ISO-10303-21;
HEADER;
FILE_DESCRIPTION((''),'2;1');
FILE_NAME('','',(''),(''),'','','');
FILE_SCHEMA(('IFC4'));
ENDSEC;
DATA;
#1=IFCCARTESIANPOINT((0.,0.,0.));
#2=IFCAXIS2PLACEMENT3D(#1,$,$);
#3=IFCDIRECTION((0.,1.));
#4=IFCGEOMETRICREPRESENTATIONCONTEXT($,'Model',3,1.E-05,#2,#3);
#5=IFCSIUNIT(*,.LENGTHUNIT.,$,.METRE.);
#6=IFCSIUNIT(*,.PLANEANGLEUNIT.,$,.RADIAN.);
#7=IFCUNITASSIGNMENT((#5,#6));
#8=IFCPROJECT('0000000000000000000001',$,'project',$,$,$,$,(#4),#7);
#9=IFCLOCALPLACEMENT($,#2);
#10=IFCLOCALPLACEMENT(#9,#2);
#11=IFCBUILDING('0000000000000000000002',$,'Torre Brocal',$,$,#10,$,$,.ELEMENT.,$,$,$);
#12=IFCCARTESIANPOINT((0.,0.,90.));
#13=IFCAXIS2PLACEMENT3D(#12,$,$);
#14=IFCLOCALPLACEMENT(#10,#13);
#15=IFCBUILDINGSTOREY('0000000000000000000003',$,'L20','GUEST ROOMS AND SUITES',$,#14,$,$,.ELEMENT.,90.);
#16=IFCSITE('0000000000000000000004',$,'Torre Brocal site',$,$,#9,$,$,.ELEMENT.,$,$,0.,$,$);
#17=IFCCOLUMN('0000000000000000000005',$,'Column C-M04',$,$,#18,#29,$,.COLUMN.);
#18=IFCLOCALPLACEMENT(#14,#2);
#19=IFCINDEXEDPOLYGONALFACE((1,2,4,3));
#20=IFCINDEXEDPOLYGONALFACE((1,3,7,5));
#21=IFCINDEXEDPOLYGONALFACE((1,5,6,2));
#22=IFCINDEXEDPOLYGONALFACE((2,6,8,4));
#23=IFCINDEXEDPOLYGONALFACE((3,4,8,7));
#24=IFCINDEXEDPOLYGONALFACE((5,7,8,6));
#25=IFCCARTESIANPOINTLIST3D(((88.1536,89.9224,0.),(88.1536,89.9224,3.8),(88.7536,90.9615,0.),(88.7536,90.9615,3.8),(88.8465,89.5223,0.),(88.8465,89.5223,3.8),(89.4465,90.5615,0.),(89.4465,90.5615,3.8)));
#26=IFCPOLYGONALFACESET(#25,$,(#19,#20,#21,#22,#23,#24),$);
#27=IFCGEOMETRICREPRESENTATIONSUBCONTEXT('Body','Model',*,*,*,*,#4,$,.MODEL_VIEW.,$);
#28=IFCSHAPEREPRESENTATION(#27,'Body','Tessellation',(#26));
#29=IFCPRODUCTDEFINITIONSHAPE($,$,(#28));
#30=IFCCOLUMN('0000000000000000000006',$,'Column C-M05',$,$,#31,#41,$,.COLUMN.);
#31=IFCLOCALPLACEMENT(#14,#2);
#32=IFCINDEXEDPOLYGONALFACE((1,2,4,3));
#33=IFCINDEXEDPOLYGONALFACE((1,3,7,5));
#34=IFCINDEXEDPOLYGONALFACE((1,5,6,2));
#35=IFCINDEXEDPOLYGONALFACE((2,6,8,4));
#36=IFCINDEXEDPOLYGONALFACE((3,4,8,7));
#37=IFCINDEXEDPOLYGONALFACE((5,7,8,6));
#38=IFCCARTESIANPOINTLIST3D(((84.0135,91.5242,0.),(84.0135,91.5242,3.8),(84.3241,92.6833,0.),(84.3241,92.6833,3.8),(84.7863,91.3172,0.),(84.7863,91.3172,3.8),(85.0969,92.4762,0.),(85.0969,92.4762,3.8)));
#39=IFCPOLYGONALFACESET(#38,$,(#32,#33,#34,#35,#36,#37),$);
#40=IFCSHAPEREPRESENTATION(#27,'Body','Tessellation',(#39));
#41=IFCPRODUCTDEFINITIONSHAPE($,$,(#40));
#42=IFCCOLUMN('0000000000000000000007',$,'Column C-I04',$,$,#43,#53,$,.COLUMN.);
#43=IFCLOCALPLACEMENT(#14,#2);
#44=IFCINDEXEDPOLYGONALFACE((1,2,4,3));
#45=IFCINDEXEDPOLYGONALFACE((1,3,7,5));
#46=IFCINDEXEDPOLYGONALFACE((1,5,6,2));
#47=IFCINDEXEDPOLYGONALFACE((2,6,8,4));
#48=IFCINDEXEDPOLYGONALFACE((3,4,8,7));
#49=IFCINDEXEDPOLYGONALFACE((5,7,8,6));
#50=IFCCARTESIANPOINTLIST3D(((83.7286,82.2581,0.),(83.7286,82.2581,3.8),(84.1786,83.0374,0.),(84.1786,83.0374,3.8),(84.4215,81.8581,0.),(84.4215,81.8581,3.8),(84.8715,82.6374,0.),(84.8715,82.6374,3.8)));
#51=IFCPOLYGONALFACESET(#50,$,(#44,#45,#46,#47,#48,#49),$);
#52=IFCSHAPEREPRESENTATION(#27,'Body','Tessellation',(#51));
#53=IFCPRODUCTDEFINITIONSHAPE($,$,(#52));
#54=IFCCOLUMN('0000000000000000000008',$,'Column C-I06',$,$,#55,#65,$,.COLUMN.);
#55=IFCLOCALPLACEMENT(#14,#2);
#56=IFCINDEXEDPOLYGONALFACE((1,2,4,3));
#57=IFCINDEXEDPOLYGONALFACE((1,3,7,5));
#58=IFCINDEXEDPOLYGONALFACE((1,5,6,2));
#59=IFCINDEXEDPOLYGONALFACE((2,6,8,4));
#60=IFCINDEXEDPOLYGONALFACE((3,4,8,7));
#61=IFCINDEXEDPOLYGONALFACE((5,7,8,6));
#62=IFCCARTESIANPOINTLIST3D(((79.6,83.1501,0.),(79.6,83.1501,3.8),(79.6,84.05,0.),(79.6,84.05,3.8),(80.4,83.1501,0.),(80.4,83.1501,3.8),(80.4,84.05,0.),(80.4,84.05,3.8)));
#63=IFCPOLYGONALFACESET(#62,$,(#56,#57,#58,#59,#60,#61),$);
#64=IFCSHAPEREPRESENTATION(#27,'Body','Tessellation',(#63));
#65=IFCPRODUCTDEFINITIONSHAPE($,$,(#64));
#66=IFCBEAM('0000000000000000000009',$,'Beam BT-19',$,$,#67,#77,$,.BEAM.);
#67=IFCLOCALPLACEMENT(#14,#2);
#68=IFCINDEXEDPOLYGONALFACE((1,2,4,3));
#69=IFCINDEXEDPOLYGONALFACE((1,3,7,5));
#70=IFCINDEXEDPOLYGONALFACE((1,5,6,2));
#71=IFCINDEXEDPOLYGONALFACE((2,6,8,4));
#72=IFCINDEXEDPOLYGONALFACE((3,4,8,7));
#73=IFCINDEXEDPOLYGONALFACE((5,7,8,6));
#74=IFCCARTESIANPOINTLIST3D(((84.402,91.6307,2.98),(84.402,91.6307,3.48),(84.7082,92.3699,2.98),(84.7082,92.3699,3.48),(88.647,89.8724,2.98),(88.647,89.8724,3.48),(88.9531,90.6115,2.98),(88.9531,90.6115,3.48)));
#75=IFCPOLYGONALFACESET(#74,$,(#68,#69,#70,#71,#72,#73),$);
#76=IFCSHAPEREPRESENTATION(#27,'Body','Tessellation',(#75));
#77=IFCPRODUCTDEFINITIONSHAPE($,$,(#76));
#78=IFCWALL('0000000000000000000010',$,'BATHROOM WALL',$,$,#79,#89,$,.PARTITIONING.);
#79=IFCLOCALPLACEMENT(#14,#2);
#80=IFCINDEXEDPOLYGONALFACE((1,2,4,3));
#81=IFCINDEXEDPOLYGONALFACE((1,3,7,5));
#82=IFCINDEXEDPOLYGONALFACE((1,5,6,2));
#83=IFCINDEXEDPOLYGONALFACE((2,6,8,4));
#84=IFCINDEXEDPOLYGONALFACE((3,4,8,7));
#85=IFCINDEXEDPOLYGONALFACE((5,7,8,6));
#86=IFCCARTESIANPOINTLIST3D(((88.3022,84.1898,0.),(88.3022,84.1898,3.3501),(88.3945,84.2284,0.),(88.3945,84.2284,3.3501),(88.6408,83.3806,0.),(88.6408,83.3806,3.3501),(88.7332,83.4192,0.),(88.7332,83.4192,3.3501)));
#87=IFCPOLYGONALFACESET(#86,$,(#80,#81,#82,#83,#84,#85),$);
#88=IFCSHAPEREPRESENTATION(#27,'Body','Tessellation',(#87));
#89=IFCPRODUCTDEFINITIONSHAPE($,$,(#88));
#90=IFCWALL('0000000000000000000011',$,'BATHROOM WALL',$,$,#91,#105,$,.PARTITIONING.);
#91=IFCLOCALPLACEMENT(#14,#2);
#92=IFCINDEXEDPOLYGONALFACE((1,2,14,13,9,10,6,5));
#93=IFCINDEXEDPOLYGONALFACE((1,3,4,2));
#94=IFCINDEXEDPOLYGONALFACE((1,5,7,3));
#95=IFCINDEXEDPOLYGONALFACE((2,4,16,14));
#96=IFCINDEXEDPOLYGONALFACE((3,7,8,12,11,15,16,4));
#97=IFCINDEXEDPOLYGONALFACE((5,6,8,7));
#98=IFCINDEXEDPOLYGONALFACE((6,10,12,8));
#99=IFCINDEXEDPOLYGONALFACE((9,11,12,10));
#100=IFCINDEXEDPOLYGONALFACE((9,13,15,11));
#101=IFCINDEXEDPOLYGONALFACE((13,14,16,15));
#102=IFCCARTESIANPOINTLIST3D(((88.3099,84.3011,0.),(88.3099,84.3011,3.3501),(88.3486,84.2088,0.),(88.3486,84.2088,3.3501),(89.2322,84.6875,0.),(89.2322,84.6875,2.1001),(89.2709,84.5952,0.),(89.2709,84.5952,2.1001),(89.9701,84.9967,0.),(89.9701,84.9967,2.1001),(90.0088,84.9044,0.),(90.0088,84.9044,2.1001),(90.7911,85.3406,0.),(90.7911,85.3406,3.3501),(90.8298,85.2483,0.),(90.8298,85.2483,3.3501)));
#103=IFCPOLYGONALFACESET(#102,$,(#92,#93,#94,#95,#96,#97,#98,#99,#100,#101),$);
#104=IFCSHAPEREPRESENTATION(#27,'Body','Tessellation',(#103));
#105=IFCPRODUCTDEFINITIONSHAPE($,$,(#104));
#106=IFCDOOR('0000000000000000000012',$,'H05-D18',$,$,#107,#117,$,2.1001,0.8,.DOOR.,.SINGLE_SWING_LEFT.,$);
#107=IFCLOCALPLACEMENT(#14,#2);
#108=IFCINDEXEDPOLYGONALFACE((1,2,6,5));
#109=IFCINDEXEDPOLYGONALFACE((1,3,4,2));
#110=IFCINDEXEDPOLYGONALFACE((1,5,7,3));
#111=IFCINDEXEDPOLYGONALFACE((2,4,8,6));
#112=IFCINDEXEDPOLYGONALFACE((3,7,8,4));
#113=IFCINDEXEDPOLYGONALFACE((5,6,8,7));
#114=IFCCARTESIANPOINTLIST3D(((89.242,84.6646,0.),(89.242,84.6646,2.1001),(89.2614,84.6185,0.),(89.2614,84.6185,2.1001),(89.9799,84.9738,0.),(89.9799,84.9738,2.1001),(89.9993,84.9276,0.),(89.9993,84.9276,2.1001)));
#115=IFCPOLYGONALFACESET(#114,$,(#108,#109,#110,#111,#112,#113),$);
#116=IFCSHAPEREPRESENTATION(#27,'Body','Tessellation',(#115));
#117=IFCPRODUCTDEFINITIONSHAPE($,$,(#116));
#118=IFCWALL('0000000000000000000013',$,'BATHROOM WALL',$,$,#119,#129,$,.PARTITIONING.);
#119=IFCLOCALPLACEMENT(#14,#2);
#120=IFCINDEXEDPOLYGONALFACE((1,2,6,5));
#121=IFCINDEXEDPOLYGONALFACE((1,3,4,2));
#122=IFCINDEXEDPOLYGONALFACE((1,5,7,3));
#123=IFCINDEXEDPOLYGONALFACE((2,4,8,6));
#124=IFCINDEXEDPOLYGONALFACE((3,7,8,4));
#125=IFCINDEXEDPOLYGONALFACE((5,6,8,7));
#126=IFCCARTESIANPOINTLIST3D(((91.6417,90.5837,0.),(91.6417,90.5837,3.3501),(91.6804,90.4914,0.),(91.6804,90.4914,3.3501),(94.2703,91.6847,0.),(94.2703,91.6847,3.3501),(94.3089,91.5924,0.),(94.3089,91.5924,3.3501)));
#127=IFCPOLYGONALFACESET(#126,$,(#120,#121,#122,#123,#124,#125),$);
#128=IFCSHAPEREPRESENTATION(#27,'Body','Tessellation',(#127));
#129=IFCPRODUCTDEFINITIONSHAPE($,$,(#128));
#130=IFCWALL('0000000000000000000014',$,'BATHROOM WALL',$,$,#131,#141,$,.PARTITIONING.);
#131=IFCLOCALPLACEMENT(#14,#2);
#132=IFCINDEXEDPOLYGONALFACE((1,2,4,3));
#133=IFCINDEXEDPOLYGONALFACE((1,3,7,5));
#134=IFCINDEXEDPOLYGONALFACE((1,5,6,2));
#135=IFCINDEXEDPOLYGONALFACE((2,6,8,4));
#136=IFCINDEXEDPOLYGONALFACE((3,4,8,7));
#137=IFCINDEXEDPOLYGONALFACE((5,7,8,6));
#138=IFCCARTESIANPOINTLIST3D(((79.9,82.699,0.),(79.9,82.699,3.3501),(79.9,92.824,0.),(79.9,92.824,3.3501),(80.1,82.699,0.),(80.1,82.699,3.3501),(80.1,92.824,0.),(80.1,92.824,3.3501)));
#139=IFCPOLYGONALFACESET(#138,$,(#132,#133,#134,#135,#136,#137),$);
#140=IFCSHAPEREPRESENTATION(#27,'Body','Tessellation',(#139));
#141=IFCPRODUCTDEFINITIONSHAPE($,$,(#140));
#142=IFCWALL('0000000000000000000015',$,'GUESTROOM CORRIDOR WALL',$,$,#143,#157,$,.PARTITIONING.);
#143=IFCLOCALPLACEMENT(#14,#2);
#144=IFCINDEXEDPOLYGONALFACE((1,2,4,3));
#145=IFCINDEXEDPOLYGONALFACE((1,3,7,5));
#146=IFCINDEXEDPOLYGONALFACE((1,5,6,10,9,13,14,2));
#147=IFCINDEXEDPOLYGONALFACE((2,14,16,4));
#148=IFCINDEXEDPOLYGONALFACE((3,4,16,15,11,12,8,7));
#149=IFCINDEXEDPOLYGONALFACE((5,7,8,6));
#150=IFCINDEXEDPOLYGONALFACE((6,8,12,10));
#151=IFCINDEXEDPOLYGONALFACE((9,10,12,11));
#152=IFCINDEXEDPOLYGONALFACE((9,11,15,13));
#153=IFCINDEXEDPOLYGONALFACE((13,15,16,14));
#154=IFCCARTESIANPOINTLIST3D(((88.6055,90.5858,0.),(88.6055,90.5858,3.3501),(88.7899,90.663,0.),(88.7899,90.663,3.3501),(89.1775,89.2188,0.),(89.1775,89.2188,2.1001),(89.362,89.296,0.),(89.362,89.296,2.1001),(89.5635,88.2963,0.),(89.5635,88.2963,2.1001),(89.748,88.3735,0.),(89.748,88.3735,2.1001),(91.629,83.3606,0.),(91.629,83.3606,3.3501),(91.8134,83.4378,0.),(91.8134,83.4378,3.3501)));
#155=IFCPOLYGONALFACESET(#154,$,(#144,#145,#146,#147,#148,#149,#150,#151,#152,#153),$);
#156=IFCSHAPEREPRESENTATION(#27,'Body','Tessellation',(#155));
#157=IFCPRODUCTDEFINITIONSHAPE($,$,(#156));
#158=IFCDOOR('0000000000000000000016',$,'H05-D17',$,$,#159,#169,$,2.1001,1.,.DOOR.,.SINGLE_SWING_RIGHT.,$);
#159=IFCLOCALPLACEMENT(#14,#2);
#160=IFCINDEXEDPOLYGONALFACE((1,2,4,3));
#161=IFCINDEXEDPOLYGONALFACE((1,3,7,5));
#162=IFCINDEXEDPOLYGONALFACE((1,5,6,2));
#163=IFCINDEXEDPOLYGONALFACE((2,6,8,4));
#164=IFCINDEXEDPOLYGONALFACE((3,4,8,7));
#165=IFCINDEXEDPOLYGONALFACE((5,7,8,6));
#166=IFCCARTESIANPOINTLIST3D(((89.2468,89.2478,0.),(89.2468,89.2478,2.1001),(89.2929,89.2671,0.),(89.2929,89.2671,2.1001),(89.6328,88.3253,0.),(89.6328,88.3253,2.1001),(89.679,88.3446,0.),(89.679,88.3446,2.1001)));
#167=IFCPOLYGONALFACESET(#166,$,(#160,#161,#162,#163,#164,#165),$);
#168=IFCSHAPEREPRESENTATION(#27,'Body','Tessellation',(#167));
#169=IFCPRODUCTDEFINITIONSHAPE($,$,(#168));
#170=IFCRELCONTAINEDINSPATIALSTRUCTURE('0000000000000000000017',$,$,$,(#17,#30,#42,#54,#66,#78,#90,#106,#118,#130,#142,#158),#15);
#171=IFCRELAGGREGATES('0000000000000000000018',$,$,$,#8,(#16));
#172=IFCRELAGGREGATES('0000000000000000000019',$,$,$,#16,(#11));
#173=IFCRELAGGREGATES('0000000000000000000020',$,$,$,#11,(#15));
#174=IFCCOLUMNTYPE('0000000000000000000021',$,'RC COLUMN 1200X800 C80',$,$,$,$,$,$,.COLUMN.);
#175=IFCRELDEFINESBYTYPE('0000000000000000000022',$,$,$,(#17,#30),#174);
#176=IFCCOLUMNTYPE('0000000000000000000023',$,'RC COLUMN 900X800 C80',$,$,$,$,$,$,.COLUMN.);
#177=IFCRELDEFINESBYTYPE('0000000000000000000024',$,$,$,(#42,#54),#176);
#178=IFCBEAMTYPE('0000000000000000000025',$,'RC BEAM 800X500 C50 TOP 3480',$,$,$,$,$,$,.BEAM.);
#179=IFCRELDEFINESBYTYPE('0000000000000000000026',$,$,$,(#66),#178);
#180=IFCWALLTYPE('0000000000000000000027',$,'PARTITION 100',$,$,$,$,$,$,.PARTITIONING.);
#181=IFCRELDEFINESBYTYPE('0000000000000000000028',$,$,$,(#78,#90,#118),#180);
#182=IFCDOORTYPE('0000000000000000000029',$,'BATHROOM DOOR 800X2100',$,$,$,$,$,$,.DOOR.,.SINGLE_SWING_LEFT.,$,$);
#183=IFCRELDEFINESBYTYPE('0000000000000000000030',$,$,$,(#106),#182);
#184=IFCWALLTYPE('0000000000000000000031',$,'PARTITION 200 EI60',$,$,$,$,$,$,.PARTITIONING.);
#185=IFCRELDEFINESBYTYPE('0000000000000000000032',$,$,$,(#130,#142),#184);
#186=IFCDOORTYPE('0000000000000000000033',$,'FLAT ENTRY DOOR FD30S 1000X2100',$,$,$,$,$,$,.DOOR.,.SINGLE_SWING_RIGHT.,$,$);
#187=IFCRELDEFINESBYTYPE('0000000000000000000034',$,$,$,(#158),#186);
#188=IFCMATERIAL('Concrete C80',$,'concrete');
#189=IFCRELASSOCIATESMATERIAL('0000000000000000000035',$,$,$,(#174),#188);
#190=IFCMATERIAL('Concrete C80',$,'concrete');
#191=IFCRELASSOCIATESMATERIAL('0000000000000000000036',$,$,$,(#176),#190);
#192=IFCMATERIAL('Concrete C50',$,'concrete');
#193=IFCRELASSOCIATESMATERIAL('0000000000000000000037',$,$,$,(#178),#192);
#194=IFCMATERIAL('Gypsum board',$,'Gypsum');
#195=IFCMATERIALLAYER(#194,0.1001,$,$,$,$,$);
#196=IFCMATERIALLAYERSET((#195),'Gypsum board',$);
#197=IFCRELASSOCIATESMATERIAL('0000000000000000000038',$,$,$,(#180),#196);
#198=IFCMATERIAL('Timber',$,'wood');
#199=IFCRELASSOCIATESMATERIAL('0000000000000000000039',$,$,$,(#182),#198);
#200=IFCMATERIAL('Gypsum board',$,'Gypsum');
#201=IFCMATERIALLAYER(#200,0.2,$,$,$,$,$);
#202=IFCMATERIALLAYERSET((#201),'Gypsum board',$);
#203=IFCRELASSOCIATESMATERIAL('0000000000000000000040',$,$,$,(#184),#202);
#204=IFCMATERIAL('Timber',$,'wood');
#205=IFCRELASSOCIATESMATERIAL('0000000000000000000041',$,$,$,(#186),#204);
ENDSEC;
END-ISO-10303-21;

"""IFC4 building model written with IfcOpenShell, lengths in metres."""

from ifc_helpers import new_model, si_unit, direction, frame, frame_2d, origin, origin_2d, place, context, subcontext, project, spatial, rectangle, extrude, material, layer, layer_set, material_profile, profile_set, type_object, element, fill, save


model = new_model("IFC4")

# Units and contexts
model_context = context("Model", 3, precision=1e-05, world=origin(), true_north=direction((0.0, 1.0)))
body_context = subcontext(model_context, "Body", "Model", "MODEL_VIEW")
ifc_project = project(units=[si_unit("LENGTHUNIT", "METRE"), si_unit("PLANEANGLEUNIT", "RADIAN")], contexts=[model_context])

# Site, building, storey
site_placement = place(None, origin())
site = spatial("IfcSite", under=ifc_project, at=site_placement, Name="Torre Brocal site", CompositionType="ELEMENT", RefElevation=0.0)
building_placement = place(site_placement, origin())
building = spatial("IfcBuilding", under=site, at=building_placement, Name="Torre Brocal", CompositionType="ELEMENT")
storey_placement = place(building_placement, frame((0.0, 0.0, 90.0)))
storey = spatial("IfcBuildingStorey", under=building, at=storey_placement, Name="L20", Description="GUEST ROOMS AND SUITES", CompositionType="ELEMENT", Elevation=90.0)

# Columns
ifc_material_1 = material(Name="Concrete C80", Category="concrete")
ifc_material_profile_1 = material_profile(ifc_material_1, rectangle(XDim=1.2, YDim=0.8, at=origin_2d()), Name="RC 1200X800")
ifc_profile_set_1 = profile_set([ifc_material_profile_1], Name="Concrete C80")
column_type_1 = type_object("IfcColumnType", Name="RC COLUMN 1200X800 C80", PredefinedType="COLUMN", material=ifc_profile_set_1)
for number, where, z_axis, x_axis, name in (
    (1, (88.8, 90.2419, 0.0), (0.0, 0.0, 1.0), (0.5, 0.866025, 0.0), "Column C-M04"),
    (2, (84.5552, 92.0002, 0.0), (0.0, 0.0, 1.0), (0.258819, 0.965926, 0.0), "Column C-M05"),
):
    element("IfcColumn", number, at=place(storey_placement, frame(where, z_axis=z_axis, x_axis=x_axis)), inside=storey, type_object=column_type_1, Name=name, PredefinedType="COLUMN", context=body_context, shape_type="SweptSolid", body=[
        extrude(rectangle(XDim=1.2, YDim=0.8, at=origin_2d()), origin(), (0.0, 0.0, 1.0), 3.8),
    ])
ifc_material_2 = material(Name="Concrete C80", Category="concrete")
ifc_material_profile_2 = material_profile(ifc_material_2, rectangle(XDim=0.8999, YDim=0.8, at=origin_2d()), Name="RC 900X800")
ifc_profile_set_2 = profile_set([ifc_material_profile_2], Name="Concrete C80")
column_type_2 = type_object("IfcColumnType", Name="RC COLUMN 900X800 C80", PredefinedType="COLUMN", material=ifc_profile_set_2)
for number, where, z_axis, x_axis, name in (
    (3, (84.3, 82.4478, 0.0), (0.0, 0.0, 1.0), (0.5, 0.866025, 0.0), "Column C-I04"),
    (4, (80.0, 83.6001, 0.0), (0.0, 0.0, 1.0), (0.0, 1.0, 0.0), "Column C-I06"),
):
    element("IfcColumn", number, at=place(storey_placement, frame(where, z_axis=z_axis, x_axis=x_axis)), inside=storey, type_object=column_type_2, Name=name, PredefinedType="COLUMN", context=body_context, shape_type="SweptSolid", body=[
        extrude(rectangle(XDim=0.8999, YDim=0.8, at=origin_2d()), origin(), (0.0, 0.0, 1.0), 3.8),
    ])

# Beam
ifc_material_3 = material(Name="Concrete C50", Category="concrete")
ifc_material_profile_3 = material_profile(ifc_material_3, rectangle(XDim=0.8, YDim=0.5, at=origin_2d()), Name="RC 800X500")
ifc_profile_set_3 = profile_set([ifc_material_profile_3], Name="Concrete C50")
beam_type = type_object("IfcBeamType", Name="RC BEAM 800X500 C50 TOP 3480", PredefinedType="BEAM", material=ifc_profile_set_3)
beam_placement = place(storey_placement, frame((88.8, 90.2419, 3.23), z_axis=(-0.923878, 0.382687, 0.0), x_axis=(-0.382687, -0.923878, 0.0)))
element("IfcBeam", 5, at=beam_placement, inside=storey, type_object=beam_type, Name="Beam BT-19", PredefinedType="BEAM", context=body_context, shape_type="SweptSolid", body=[
    extrude(rectangle(XDim=0.8, YDim=0.5, at=origin_2d()), origin(), (0.0, 0.0, 1.0), 4.5947),
])

# Wall
ifc_material_4 = material(Name="Gypsum board", Category="Gypsum")
ifc_layer_1 = layer(ifc_material_4, 0.1001)
ifc_layer_set_1 = layer_set([ifc_layer_1], Name="Gypsum board")
wall_type_1 = type_object("IfcWallType", Name="PARTITION 100", PredefinedType="PARTITIONING", material=ifc_layer_set_1)
wall_1_placement = place(storey_placement, frame((88.3484, 84.209, 0.0), z_axis=(0.0, 0.0, 1.0), x_axis=(0.386077, -0.922466, 0.0)))
element("IfcWall", 6, at=wall_1_placement, inside=storey, type_object=wall_type_1, Name="BATHROOM WALL", PredefinedType="PARTITIONING", context=body_context, shape_type="SweptSolid", body=[
    extrude(rectangle(XDim=0.8772, YDim=0.1001, at=frame_2d((0.4385, 0.0))), origin(), (0.0, 0.0, 1.0), 3.3501),
])

# Wall, opening, door
wall_2_placement = place(storey_placement, frame((88.3291, 84.2549, 0.0), z_axis=(0.0, 0.0, 1.0), x_axis=(0.922321, 0.386425, 0.0)))
wall_2 = element("IfcWall", 7, at=wall_2_placement, inside=storey, type_object=wall_type_1, Name="BATHROOM WALL", PredefinedType="PARTITIONING", context=body_context, shape_type="SweptSolid", body=[
    extrude(rectangle(XDim=2.6902, YDim=0.1001, at=frame_2d((1.3452, 0.0))), origin(), (0.0, 0.0, 1.0), 3.3501),
])
opening_1_placement = place(wall_2_placement, frame((1.0002, 0.0, 0.0)))
opening_1 = element("IfcOpeningElement", 8, at=opening_1_placement, cuts=wall_2, PredefinedType="OPENING", context=body_context, shape_type="SweptSolid", body=[
    extrude(rectangle(XDim=0.8, YDim=2.1001, at=frame_2d((0.3999, 1.05))), frame((0.0, 0.0601, 0.0), z_axis=(0.0, -1.0, 0.0), x_axis=(1.0, 0.0, 0.0)), (0.0, 0.0, 1.0), 0.1201),
])
ifc_material_5 = material(Name="Timber", Category="wood")
door_type_1 = type_object("IfcDoorType", Name="BATHROOM DOOR 800X2100", OperationType="SINGLE_SWING_LEFT", PredefinedType="DOOR", material=ifc_material_5)
door_1_placement = place(opening_1_placement, frame((0.8, 0.0, 0.0), z_axis=(0.0, 0.0, 1.0), x_axis=(-1.0, 0.0, 0.0)))
door_1 = element("IfcDoor", 9, at=door_1_placement, inside=storey, type_object=door_type_1, Name="H05-D18", OperationType="SINGLE_SWING_LEFT", OverallHeight=2.1001, OverallWidth=0.8, PredefinedType="DOOR", context=body_context, shape_type="SweptSolid", body=[
    extrude(rectangle(XDim=0.8, YDim=2.1001, at=frame_2d((0.3999, 1.05))), frame((0.0, 0.0249, 0.0), z_axis=(0.0, -1.0, 0.0), x_axis=(1.0, 0.0, 0.0)), (0.0, 0.0, 1.0), 0.05),
])
fill(opening_1, door_1)

# Walls
wall_3_placement = place(storey_placement, frame((91.6611, 90.5376, 0.0), z_axis=(0.0, 0.0, 1.0), x_axis=(0.922353, 0.386348, 0.0)))
element("IfcWall", 10, at=wall_3_placement, inside=storey, type_object=wall_type_1, Name="BATHROOM WALL", PredefinedType="PARTITIONING", context=body_context, shape_type="SweptSolid", body=[
    extrude(rectangle(XDim=2.8499, YDim=0.1001, at=frame_2d((1.4248, 0.0))), origin(), (0.0, 0.0, 1.0), 3.3501),
])
ifc_material_6 = material(Name="Gypsum board", Category="Gypsum")
ifc_layer_2 = layer(ifc_material_6, 0.2)
ifc_layer_set_2 = layer_set([ifc_layer_2], Name="Gypsum board")
wall_type_2 = type_object("IfcWallType", Name="PARTITION 200 EI60", PredefinedType="PARTITIONING", material=ifc_layer_set_2)
wall_4_placement = place(storey_placement, frame((80.0, 82.699, 0.0), z_axis=(0.0, 0.0, 1.0), x_axis=(0.0, 1.0, 0.0)))
element("IfcWall", 11, at=wall_4_placement, inside=storey, type_object=wall_type_2, Name="BATHROOM WALL", PredefinedType="PARTITIONING", context=body_context, shape_type="SweptSolid", body=[
    extrude(rectangle(XDim=10.125, YDim=0.2, at=frame_2d((5.0625, 0.0))), origin(), (0.0, 0.0, 1.0), 3.3501),
])

# Wall, opening, door
wall_5_placement = place(storey_placement, frame((88.6978, 90.6243, 0.0), z_axis=(0.0, 0.0, 1.0), x_axis=(0.386027, -0.922487, 0.0)))
wall_5 = element("IfcWall", 12, at=wall_5_placement, inside=storey, type_object=wall_type_2, Name="GUESTROOM CORRIDOR WALL", PredefinedType="PARTITIONING", context=body_context, shape_type="SweptSolid", body=[
    extrude(rectangle(XDim=7.8323, YDim=0.2, at=frame_2d((3.916, 0.0))), origin(), (0.0, 0.0, 1.0), 3.3501),
])
opening_2_placement = place(wall_5_placement, frame((1.4817, 0.0, 0.0)))
opening_2 = element("IfcOpeningElement", 13, at=opening_2_placement, cuts=wall_5, PredefinedType="OPENING", context=body_context, shape_type="SweptSolid", body=[
    extrude(rectangle(XDim=1.0, YDim=2.1001, at=frame_2d((0.5, 1.05))), frame((0.0, 0.1099, 0.0), z_axis=(0.0, -1.0, 0.0), x_axis=(1.0, 0.0, 0.0)), (0.0, 0.0, 1.0), 0.22),
])
ifc_material_7 = material(Name="Timber", Category="wood")
door_type_2 = type_object("IfcDoorType", Name="FLAT ENTRY DOOR FD30S 1000X2100", OperationType="SINGLE_SWING_RIGHT", PredefinedType="DOOR", material=ifc_material_7)
door_2_placement = place(opening_2_placement, frame((1.0, 0.0, 0.0), z_axis=(0.0, 0.0, 1.0), x_axis=(-1.0, 0.0, 0.0)))
door_2 = element("IfcDoor", 14, at=door_2_placement, inside=storey, type_object=door_type_2, Name="H05-D17", OperationType="SINGLE_SWING_RIGHT", OverallHeight=2.1001, OverallWidth=1.0, PredefinedType="DOOR", context=body_context, shape_type="SweptSolid", body=[
    extrude(rectangle(XDim=1.0, YDim=2.1001, at=frame_2d((0.5, 1.05))), frame((0.0, 0.0249, 0.0), z_axis=(0.0, -1.0, 0.0), x_axis=(1.0, 0.0, 0.0)), (0.0, 0.0, 1.0), 0.05),
])
fill(opening_2, door_2)

save(model, "model.ifc")
